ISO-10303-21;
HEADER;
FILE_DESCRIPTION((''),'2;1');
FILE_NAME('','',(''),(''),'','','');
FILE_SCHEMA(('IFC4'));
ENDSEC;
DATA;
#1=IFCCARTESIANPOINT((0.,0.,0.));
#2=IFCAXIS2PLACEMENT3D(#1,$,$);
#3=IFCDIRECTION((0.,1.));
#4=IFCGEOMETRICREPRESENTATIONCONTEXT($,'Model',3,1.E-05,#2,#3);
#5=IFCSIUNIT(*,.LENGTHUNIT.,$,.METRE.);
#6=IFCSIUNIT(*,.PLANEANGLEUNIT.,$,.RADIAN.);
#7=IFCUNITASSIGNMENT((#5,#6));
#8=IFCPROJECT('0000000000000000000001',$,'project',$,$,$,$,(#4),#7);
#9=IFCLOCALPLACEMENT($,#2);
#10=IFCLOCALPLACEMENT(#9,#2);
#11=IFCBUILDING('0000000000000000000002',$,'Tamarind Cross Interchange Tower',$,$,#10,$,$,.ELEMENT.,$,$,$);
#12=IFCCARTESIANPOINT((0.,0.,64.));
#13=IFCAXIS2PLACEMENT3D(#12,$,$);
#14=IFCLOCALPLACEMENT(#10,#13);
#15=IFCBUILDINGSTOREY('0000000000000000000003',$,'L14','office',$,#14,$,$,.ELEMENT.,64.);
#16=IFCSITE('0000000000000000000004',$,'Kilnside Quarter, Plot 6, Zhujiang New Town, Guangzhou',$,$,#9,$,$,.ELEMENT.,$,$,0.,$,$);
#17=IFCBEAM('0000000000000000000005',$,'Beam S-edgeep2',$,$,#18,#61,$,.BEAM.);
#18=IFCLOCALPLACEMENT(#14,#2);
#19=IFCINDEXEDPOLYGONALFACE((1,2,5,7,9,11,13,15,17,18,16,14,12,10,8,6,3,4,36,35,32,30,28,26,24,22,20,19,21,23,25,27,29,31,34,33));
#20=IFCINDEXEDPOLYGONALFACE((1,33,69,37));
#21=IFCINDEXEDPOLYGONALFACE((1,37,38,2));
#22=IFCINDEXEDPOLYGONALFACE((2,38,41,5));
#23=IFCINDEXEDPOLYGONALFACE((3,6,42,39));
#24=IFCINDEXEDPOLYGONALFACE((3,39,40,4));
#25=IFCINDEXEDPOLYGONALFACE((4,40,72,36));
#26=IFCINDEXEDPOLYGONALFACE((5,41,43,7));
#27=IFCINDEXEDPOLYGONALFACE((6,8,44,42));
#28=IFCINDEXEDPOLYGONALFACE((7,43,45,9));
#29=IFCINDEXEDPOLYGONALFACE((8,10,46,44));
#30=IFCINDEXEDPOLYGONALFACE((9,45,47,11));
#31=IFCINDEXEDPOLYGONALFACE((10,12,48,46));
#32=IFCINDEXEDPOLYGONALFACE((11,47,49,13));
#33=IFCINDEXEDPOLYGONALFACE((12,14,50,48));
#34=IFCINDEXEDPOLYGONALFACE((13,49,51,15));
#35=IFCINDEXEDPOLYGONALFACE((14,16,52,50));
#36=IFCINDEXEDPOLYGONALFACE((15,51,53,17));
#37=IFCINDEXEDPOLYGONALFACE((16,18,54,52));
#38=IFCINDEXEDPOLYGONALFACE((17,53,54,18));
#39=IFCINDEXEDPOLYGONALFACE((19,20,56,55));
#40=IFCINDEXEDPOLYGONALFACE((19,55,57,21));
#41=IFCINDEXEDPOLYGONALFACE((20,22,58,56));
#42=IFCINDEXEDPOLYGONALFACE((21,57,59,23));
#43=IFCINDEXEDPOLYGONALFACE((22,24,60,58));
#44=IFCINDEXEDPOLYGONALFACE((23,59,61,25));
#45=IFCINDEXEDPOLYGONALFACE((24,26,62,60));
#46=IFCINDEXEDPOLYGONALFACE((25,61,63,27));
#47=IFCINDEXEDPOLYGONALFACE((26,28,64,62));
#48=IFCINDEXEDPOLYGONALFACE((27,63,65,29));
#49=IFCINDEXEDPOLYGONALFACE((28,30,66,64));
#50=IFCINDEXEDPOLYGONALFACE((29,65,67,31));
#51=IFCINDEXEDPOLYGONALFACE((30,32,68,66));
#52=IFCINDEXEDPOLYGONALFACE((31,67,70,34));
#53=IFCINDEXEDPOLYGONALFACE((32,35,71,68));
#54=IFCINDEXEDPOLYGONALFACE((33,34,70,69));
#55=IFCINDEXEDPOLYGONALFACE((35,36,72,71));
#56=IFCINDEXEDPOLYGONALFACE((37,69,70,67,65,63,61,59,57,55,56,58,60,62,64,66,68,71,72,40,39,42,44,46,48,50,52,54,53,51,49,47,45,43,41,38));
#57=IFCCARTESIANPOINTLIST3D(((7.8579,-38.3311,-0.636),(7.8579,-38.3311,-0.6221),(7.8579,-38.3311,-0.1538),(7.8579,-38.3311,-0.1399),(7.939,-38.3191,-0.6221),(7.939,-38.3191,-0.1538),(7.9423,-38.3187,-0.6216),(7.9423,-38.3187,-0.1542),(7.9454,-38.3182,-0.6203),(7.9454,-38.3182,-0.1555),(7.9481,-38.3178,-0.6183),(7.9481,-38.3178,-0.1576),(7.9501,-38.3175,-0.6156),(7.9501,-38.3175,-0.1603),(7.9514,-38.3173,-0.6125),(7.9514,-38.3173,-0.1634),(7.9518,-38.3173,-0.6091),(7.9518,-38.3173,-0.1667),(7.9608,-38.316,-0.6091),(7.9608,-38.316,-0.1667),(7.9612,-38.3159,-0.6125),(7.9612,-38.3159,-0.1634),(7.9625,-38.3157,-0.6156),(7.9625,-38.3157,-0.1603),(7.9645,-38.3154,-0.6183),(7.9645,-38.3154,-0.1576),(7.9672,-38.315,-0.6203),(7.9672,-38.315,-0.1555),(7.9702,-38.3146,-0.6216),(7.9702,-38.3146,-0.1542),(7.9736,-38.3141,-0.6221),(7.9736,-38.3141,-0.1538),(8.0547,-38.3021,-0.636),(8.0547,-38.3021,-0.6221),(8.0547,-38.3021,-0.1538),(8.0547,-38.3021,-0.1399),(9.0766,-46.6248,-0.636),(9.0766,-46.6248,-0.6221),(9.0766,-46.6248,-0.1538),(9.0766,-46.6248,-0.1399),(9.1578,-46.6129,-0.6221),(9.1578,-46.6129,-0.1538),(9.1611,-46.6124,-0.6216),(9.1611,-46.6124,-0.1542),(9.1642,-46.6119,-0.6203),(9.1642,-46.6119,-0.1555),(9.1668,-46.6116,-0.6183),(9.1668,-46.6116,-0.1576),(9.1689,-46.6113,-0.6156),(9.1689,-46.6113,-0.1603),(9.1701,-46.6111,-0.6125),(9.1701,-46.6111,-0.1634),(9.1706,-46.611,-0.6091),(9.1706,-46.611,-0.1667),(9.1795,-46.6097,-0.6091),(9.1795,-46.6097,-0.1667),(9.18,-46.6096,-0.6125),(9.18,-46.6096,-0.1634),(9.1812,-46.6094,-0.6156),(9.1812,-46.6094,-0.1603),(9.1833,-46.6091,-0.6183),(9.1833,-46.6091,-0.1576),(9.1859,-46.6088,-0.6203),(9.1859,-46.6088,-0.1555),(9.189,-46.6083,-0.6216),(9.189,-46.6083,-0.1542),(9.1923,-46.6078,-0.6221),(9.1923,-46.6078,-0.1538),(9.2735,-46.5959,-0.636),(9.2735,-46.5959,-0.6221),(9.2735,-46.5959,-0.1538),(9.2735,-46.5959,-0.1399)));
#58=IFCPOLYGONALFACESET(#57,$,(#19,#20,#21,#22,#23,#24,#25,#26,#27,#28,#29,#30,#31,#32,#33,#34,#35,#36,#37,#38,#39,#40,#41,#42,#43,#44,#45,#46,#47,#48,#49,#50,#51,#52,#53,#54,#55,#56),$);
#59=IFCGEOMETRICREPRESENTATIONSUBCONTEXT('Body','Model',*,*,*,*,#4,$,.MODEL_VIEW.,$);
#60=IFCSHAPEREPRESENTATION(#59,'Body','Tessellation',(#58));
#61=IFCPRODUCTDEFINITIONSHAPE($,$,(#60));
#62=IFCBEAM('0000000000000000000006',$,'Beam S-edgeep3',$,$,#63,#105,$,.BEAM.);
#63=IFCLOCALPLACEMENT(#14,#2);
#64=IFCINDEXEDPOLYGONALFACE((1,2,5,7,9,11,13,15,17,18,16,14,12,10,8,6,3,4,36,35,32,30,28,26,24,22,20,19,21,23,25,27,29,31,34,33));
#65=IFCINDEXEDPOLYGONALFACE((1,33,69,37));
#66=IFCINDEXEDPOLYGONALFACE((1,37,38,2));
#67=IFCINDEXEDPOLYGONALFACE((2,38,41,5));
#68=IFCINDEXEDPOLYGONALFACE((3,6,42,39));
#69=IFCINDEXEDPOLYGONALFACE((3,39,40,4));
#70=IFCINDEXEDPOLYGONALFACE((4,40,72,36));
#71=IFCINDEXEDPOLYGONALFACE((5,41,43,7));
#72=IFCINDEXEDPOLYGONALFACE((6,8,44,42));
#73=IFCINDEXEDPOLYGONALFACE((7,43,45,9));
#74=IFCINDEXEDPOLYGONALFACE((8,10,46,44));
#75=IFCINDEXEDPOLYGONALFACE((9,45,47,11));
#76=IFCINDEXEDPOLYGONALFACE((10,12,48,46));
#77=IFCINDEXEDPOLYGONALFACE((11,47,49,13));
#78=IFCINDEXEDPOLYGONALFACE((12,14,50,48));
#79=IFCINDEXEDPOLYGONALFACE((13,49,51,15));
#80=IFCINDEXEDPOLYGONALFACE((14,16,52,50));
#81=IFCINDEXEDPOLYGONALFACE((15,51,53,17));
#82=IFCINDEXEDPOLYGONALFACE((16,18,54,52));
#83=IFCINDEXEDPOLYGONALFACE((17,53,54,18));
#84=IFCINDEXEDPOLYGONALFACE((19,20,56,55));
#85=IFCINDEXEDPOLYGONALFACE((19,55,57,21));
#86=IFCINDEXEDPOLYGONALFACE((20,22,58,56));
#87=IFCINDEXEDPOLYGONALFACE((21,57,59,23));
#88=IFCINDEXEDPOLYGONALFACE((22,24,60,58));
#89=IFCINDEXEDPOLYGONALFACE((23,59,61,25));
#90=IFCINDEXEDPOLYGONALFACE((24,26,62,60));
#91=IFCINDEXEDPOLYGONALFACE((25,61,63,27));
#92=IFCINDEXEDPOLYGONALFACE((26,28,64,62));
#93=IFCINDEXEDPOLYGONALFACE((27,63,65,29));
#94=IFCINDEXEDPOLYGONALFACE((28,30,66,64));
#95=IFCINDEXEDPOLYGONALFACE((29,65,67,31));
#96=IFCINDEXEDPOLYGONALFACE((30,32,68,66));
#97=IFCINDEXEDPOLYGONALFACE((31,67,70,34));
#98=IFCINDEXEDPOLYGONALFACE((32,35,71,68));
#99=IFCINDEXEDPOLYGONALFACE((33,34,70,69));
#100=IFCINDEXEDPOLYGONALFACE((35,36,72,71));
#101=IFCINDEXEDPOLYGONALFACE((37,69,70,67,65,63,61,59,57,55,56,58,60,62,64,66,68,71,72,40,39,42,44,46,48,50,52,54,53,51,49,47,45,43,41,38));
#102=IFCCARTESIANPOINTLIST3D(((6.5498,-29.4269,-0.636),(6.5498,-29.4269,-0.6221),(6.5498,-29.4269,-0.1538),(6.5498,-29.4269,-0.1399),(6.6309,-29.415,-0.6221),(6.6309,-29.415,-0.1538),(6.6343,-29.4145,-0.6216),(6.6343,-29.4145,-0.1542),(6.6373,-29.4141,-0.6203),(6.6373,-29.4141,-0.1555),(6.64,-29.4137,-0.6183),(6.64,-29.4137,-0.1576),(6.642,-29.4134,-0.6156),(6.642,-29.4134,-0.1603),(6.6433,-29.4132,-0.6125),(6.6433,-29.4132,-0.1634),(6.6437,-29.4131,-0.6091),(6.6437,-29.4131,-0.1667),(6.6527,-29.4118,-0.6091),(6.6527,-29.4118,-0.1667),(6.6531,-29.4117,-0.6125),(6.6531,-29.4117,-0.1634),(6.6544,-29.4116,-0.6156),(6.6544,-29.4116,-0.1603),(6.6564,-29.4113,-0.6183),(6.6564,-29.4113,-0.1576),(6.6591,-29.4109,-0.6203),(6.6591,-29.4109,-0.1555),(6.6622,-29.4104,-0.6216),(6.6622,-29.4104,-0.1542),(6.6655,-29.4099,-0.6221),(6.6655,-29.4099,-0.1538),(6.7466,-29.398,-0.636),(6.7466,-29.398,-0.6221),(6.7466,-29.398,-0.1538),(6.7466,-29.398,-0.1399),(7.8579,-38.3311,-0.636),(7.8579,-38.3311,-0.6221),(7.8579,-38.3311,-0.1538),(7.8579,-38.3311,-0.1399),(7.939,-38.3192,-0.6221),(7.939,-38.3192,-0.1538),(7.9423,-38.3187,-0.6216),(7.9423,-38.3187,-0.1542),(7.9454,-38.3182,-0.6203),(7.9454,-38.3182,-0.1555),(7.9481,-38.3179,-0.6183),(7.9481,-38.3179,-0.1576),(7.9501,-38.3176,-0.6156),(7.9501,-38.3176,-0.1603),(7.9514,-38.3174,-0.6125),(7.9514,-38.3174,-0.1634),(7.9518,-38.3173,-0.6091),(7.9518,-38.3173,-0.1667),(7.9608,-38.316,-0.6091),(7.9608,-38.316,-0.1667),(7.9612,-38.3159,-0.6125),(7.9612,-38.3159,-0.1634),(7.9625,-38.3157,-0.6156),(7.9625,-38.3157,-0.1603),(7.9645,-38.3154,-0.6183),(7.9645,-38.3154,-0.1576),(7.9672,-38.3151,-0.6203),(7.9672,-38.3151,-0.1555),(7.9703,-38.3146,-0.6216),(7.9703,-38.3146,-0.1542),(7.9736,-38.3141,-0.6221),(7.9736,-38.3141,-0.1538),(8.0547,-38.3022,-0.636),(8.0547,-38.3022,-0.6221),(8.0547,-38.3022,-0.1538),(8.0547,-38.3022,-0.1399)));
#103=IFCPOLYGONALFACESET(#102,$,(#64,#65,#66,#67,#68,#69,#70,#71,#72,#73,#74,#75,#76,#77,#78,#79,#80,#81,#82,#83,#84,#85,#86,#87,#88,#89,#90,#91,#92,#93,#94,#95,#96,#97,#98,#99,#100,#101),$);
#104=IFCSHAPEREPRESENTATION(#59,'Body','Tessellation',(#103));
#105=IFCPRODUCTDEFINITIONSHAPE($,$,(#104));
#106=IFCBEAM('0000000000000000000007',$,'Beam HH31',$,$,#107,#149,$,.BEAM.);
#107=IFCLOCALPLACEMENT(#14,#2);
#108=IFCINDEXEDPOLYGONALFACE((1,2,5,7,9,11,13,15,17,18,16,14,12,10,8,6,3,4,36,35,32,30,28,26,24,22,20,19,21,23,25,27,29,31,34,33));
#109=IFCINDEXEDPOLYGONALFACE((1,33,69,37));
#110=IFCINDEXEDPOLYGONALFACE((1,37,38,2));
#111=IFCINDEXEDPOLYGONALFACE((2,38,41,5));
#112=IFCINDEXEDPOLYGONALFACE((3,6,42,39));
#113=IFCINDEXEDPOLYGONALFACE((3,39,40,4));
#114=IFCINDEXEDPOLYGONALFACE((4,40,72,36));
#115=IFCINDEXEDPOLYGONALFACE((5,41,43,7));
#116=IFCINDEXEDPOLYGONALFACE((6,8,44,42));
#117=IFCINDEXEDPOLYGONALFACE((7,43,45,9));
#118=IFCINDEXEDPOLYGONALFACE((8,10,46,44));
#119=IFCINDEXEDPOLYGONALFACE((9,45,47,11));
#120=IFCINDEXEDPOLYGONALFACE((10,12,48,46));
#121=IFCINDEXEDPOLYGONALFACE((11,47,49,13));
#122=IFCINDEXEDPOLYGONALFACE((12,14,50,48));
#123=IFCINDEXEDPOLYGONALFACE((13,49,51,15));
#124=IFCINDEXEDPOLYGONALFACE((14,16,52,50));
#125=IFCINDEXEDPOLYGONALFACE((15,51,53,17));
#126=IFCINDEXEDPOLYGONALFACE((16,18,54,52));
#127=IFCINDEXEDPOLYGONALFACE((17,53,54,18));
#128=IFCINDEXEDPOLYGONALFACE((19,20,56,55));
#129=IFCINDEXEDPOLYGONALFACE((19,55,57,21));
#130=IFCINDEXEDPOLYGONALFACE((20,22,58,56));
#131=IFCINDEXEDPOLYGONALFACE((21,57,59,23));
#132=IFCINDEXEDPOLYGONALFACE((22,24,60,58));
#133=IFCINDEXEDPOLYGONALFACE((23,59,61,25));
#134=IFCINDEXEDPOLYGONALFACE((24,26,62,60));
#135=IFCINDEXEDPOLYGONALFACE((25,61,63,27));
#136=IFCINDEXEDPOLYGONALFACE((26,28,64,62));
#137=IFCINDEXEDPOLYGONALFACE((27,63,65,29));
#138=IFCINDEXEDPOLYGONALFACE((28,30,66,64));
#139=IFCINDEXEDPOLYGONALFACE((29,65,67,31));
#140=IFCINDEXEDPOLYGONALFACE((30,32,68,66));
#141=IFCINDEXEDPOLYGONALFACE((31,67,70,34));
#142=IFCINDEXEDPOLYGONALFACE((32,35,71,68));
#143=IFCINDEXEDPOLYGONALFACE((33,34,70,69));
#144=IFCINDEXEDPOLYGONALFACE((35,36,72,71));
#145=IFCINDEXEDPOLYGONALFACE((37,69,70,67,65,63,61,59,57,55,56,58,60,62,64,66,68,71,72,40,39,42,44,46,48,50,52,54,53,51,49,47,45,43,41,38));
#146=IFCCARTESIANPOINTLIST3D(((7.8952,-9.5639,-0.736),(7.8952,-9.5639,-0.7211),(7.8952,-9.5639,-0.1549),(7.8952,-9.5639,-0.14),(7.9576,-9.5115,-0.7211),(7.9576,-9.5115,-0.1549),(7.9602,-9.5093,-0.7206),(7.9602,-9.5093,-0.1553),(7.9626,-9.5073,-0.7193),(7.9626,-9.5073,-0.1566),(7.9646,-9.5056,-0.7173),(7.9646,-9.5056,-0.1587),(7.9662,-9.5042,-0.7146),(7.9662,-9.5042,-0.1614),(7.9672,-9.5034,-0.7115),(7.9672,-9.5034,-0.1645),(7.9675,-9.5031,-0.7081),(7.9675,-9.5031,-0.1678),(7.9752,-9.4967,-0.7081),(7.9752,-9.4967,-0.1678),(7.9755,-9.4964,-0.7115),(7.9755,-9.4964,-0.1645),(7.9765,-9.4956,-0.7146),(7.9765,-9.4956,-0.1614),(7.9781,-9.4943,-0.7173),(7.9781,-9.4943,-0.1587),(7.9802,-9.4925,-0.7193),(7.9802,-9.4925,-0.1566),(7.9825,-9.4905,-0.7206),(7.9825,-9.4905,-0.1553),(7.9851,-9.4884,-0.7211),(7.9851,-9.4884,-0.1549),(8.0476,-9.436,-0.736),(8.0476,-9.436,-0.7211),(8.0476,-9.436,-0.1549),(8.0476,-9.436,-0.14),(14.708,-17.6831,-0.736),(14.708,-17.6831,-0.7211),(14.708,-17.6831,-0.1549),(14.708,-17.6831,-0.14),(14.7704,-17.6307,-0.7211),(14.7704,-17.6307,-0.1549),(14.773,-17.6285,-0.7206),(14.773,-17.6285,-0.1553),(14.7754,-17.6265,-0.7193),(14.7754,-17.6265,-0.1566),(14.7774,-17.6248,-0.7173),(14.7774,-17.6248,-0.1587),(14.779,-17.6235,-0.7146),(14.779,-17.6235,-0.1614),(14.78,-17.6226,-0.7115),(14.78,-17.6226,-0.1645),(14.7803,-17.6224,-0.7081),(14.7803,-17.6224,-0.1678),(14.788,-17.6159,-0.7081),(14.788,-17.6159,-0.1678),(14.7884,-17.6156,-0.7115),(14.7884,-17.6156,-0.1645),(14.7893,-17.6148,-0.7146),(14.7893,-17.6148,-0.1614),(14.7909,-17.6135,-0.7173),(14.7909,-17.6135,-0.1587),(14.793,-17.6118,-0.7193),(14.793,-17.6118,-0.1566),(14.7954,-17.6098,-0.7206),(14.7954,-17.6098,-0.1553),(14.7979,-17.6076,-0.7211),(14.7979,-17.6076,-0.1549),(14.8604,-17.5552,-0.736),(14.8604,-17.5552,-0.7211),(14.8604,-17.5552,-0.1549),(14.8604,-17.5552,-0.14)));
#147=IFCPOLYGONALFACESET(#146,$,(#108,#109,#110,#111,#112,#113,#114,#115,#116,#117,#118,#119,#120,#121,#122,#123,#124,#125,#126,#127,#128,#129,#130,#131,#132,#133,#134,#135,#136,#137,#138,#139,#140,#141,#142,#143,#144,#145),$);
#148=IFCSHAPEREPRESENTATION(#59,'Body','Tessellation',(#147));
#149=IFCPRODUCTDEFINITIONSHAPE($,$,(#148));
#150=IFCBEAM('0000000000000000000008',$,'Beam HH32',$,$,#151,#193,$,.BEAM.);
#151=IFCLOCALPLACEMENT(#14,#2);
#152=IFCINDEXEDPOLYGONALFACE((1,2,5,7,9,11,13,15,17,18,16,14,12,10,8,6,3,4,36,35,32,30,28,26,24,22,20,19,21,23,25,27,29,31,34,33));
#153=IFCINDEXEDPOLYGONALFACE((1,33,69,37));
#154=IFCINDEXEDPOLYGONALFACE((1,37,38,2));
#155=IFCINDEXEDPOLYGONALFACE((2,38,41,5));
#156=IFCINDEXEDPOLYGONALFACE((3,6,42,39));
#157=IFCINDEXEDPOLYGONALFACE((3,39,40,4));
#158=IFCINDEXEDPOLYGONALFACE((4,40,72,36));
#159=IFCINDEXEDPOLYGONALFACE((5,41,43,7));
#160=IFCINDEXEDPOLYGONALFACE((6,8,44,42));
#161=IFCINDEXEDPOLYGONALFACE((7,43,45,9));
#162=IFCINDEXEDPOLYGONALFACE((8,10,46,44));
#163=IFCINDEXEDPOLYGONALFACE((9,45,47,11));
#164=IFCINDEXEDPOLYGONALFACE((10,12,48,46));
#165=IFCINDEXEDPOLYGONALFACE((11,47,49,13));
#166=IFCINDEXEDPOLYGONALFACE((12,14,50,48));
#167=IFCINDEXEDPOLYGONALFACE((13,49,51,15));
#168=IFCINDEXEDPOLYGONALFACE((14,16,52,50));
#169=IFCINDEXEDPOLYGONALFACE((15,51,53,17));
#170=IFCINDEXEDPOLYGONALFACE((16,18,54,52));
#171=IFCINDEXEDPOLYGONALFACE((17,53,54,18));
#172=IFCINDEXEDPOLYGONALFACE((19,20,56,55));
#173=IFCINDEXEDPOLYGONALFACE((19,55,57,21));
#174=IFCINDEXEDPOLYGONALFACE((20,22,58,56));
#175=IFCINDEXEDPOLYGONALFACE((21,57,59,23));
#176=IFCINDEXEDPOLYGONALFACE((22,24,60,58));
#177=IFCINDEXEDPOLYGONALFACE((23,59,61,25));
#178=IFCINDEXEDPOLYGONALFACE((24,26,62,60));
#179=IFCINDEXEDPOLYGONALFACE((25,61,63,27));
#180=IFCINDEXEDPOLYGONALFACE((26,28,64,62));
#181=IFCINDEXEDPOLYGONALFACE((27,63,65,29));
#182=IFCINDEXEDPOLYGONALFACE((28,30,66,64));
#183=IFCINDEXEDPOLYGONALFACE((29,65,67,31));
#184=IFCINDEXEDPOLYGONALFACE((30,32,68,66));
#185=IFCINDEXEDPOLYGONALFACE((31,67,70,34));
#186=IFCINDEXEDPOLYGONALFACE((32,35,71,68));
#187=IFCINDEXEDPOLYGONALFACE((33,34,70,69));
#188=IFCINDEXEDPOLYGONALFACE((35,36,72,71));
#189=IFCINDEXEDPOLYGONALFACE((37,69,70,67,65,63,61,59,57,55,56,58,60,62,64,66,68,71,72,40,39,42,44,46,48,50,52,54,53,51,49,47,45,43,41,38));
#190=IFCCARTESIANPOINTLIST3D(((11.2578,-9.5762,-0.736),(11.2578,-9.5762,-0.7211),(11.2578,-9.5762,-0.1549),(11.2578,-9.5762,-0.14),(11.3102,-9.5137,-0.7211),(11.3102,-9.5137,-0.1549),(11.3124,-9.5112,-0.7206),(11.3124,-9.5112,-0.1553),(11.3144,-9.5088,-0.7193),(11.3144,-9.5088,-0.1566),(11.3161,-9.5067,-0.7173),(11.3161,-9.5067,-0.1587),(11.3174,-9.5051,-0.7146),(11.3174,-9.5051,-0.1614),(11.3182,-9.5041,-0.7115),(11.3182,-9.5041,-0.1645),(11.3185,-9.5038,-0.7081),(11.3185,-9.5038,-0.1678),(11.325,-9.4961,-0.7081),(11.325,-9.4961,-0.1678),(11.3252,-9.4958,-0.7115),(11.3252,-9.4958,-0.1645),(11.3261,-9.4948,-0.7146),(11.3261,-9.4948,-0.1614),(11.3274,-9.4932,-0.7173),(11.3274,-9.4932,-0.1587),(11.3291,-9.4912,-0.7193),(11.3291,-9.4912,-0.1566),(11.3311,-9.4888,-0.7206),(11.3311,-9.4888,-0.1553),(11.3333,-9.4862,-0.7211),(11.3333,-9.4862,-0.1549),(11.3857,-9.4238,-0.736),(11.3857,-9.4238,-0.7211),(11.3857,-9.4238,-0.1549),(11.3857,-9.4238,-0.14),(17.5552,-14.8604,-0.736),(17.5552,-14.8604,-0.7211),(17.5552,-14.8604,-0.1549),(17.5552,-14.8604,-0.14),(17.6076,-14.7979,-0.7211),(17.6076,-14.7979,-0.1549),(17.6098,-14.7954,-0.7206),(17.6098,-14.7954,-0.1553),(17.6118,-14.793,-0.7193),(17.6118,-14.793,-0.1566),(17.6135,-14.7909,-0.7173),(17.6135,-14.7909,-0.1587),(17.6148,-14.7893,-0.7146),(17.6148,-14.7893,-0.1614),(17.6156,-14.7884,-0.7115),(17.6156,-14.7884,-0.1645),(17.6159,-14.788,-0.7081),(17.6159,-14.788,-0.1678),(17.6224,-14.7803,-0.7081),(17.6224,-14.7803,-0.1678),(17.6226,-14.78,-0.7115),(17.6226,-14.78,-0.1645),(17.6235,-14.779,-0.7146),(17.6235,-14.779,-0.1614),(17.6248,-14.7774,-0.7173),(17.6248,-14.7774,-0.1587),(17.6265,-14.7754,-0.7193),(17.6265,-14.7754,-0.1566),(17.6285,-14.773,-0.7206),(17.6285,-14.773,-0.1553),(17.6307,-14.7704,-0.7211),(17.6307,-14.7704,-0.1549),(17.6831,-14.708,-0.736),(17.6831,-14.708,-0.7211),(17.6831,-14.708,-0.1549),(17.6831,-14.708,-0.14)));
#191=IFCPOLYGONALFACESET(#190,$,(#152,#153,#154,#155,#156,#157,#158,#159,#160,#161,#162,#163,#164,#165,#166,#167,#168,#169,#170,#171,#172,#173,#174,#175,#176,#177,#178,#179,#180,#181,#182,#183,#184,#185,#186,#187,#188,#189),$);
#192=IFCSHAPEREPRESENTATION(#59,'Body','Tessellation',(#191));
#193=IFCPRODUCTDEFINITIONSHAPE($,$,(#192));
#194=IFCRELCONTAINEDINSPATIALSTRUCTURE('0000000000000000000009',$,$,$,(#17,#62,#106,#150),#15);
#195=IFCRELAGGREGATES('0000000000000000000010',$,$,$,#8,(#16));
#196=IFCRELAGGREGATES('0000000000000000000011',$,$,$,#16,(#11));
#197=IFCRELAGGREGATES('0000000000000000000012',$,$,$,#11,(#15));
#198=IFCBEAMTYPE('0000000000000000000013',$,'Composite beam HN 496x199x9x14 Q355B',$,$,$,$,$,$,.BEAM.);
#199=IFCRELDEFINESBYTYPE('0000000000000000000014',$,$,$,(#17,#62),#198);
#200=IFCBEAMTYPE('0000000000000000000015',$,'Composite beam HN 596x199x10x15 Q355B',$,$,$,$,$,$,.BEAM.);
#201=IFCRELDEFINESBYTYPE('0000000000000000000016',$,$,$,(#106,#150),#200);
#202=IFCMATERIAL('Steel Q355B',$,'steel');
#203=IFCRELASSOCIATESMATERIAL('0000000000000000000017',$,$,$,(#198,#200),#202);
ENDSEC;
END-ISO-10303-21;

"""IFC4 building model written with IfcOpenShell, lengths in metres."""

from ifc_helpers import new_model, si_unit, direction, frame, origin, origin_2d, place, context, subcontext, project, spatial, i_section, extrude, material, material_profile, profile_set, type_object, element, save


model = new_model("IFC4")

# Units and contexts
model_context = context("Model", 3, precision=1e-05, world=origin(), true_north=direction((0.0, 1.0)))
body_context = subcontext(model_context, "Body", "Model", "MODEL_VIEW")
ifc_project = project(units=[si_unit("LENGTHUNIT", "METRE"), si_unit("PLANEANGLEUNIT", "RADIAN")], contexts=[model_context])

# Site, building, storey
site_placement = place(None, origin())
site = spatial("IfcSite", under=ifc_project, at=site_placement, Name="Kilnside Quarter, Plot 6, Zhujiang New Town, Guangzhou", CompositionType="ELEMENT", RefElevation=0.0)
building_placement = place(site_placement, origin())
building = spatial("IfcBuilding", under=site, at=building_placement, Name="Tamarind Cross Interchange Tower", CompositionType="ELEMENT")
storey_placement = place(building_placement, frame((0.0, 0.0, 64.0)))
storey = spatial("IfcBuildingStorey", under=building, at=storey_placement, Name="L14", Description="office", CompositionType="ELEMENT", Elevation=64.0)

# Beams
ifc_material_1 = material(Name="Steel Q355B", Category="steel")
ifc_material_profile_1 = material_profile(ifc_material_1, i_section(OverallWidth=0.199, OverallDepth=0.4961, WebThickness=0.009, FlangeThickness=0.0139, FilletRadius=0.0129, at=origin_2d()), Name="HN 496x199x9x14")
ifc_profile_set_1 = profile_set([ifc_material_profile_1], Name="Steel Q355B")
beam_type_1 = type_object("IfcBeamType", Name="Composite beam HN 496x199x9x14 Q355B", PredefinedType="BEAM", material=ifc_profile_set_1)
beam_1_placement = place(storey_placement, frame((9.175, -46.6104, -0.3879), z_axis=(-0.145388, 0.989375, 0.0), x_axis=(-0.989375, -0.145388, 0.0)))
element("IfcBeam", 1, at=beam_1_placement, inside=storey, type_object=beam_type_1, Name="Beam S-edgeep2", PredefinedType="BEAM", context=body_context, shape_type="SweptSolid", body=[
    extrude(i_section(OverallWidth=0.199, OverallDepth=0.4961, WebThickness=0.009, FlangeThickness=0.0139, FilletRadius=0.0129, at=origin_2d()), origin(), (0.0, 0.0, 1.0), 8.3828),
])
beam_2_placement = place(storey_placement, frame((7.9563, -38.3167, -0.3879), z_axis=(-0.145347, 0.989381, 0.0), x_axis=(-0.989381, -0.145347, 0.0)))
element("IfcBeam", 2, at=beam_2_placement, inside=storey, type_object=beam_type_1, Name="Beam S-edgeep3", PredefinedType="BEAM", context=body_context, shape_type="SweptSolid", body=[
    extrude(i_section(OverallWidth=0.199, OverallDepth=0.4961, WebThickness=0.009, FlangeThickness=0.0139, FilletRadius=0.0129, at=origin_2d()), origin(), (0.0, 0.0, 1.0), 8.9998),
])
ifc_material_profile_2 = material_profile(ifc_material_1, i_section(OverallWidth=0.199, OverallDepth=0.5959, WebThickness=0.01, FlangeThickness=0.0149, FilletRadius=0.0129, at=origin_2d()), Name="HN 596x199x10x15")
ifc_profile_set_2 = profile_set([ifc_material_profile_2], Name="Steel Q355B")
beam_type_2 = type_object("IfcBeamType", Name="Composite beam HN 596x199x10x15 Q355B", PredefinedType="BEAM", material=ifc_profile_set_2)
beam_3_placement = place(storey_placement, frame((14.7842, -17.6191, -0.438), z_axis=(-0.642786, 0.766046, 0.0), x_axis=(-0.766046, -0.642786, 0.0)))
element("IfcBeam", 3, at=beam_3_placement, inside=storey, type_object=beam_type_2, Name="Beam HH31", PredefinedType="BEAM", context=body_context, shape_type="SweptSolid", body=[
    extrude(i_section(OverallWidth=0.199, OverallDepth=0.5959, WebThickness=0.01, FlangeThickness=0.0149, FilletRadius=0.0129, at=origin_2d()), origin(), (0.0, 0.0, 1.0), 10.5989),
])
beam_4_placement = place(storey_placement, frame((17.6191, -14.7842, -0.438), z_axis=(-0.766041, 0.642792, 0.0), x_axis=(-0.642792, -0.766041, 0.0)))
element("IfcBeam", 4, at=beam_4_placement, inside=storey, type_object=beam_type_2, Name="Beam HH32", PredefinedType="BEAM", context=body_context, shape_type="SweptSolid", body=[
    extrude(i_section(OverallWidth=0.199, OverallDepth=0.5959, WebThickness=0.01, FlangeThickness=0.0149, FilletRadius=0.0129, at=origin_2d()), origin(), (0.0, 0.0, 1.0), 8.2207),
])

save(model, "model.ifc")
